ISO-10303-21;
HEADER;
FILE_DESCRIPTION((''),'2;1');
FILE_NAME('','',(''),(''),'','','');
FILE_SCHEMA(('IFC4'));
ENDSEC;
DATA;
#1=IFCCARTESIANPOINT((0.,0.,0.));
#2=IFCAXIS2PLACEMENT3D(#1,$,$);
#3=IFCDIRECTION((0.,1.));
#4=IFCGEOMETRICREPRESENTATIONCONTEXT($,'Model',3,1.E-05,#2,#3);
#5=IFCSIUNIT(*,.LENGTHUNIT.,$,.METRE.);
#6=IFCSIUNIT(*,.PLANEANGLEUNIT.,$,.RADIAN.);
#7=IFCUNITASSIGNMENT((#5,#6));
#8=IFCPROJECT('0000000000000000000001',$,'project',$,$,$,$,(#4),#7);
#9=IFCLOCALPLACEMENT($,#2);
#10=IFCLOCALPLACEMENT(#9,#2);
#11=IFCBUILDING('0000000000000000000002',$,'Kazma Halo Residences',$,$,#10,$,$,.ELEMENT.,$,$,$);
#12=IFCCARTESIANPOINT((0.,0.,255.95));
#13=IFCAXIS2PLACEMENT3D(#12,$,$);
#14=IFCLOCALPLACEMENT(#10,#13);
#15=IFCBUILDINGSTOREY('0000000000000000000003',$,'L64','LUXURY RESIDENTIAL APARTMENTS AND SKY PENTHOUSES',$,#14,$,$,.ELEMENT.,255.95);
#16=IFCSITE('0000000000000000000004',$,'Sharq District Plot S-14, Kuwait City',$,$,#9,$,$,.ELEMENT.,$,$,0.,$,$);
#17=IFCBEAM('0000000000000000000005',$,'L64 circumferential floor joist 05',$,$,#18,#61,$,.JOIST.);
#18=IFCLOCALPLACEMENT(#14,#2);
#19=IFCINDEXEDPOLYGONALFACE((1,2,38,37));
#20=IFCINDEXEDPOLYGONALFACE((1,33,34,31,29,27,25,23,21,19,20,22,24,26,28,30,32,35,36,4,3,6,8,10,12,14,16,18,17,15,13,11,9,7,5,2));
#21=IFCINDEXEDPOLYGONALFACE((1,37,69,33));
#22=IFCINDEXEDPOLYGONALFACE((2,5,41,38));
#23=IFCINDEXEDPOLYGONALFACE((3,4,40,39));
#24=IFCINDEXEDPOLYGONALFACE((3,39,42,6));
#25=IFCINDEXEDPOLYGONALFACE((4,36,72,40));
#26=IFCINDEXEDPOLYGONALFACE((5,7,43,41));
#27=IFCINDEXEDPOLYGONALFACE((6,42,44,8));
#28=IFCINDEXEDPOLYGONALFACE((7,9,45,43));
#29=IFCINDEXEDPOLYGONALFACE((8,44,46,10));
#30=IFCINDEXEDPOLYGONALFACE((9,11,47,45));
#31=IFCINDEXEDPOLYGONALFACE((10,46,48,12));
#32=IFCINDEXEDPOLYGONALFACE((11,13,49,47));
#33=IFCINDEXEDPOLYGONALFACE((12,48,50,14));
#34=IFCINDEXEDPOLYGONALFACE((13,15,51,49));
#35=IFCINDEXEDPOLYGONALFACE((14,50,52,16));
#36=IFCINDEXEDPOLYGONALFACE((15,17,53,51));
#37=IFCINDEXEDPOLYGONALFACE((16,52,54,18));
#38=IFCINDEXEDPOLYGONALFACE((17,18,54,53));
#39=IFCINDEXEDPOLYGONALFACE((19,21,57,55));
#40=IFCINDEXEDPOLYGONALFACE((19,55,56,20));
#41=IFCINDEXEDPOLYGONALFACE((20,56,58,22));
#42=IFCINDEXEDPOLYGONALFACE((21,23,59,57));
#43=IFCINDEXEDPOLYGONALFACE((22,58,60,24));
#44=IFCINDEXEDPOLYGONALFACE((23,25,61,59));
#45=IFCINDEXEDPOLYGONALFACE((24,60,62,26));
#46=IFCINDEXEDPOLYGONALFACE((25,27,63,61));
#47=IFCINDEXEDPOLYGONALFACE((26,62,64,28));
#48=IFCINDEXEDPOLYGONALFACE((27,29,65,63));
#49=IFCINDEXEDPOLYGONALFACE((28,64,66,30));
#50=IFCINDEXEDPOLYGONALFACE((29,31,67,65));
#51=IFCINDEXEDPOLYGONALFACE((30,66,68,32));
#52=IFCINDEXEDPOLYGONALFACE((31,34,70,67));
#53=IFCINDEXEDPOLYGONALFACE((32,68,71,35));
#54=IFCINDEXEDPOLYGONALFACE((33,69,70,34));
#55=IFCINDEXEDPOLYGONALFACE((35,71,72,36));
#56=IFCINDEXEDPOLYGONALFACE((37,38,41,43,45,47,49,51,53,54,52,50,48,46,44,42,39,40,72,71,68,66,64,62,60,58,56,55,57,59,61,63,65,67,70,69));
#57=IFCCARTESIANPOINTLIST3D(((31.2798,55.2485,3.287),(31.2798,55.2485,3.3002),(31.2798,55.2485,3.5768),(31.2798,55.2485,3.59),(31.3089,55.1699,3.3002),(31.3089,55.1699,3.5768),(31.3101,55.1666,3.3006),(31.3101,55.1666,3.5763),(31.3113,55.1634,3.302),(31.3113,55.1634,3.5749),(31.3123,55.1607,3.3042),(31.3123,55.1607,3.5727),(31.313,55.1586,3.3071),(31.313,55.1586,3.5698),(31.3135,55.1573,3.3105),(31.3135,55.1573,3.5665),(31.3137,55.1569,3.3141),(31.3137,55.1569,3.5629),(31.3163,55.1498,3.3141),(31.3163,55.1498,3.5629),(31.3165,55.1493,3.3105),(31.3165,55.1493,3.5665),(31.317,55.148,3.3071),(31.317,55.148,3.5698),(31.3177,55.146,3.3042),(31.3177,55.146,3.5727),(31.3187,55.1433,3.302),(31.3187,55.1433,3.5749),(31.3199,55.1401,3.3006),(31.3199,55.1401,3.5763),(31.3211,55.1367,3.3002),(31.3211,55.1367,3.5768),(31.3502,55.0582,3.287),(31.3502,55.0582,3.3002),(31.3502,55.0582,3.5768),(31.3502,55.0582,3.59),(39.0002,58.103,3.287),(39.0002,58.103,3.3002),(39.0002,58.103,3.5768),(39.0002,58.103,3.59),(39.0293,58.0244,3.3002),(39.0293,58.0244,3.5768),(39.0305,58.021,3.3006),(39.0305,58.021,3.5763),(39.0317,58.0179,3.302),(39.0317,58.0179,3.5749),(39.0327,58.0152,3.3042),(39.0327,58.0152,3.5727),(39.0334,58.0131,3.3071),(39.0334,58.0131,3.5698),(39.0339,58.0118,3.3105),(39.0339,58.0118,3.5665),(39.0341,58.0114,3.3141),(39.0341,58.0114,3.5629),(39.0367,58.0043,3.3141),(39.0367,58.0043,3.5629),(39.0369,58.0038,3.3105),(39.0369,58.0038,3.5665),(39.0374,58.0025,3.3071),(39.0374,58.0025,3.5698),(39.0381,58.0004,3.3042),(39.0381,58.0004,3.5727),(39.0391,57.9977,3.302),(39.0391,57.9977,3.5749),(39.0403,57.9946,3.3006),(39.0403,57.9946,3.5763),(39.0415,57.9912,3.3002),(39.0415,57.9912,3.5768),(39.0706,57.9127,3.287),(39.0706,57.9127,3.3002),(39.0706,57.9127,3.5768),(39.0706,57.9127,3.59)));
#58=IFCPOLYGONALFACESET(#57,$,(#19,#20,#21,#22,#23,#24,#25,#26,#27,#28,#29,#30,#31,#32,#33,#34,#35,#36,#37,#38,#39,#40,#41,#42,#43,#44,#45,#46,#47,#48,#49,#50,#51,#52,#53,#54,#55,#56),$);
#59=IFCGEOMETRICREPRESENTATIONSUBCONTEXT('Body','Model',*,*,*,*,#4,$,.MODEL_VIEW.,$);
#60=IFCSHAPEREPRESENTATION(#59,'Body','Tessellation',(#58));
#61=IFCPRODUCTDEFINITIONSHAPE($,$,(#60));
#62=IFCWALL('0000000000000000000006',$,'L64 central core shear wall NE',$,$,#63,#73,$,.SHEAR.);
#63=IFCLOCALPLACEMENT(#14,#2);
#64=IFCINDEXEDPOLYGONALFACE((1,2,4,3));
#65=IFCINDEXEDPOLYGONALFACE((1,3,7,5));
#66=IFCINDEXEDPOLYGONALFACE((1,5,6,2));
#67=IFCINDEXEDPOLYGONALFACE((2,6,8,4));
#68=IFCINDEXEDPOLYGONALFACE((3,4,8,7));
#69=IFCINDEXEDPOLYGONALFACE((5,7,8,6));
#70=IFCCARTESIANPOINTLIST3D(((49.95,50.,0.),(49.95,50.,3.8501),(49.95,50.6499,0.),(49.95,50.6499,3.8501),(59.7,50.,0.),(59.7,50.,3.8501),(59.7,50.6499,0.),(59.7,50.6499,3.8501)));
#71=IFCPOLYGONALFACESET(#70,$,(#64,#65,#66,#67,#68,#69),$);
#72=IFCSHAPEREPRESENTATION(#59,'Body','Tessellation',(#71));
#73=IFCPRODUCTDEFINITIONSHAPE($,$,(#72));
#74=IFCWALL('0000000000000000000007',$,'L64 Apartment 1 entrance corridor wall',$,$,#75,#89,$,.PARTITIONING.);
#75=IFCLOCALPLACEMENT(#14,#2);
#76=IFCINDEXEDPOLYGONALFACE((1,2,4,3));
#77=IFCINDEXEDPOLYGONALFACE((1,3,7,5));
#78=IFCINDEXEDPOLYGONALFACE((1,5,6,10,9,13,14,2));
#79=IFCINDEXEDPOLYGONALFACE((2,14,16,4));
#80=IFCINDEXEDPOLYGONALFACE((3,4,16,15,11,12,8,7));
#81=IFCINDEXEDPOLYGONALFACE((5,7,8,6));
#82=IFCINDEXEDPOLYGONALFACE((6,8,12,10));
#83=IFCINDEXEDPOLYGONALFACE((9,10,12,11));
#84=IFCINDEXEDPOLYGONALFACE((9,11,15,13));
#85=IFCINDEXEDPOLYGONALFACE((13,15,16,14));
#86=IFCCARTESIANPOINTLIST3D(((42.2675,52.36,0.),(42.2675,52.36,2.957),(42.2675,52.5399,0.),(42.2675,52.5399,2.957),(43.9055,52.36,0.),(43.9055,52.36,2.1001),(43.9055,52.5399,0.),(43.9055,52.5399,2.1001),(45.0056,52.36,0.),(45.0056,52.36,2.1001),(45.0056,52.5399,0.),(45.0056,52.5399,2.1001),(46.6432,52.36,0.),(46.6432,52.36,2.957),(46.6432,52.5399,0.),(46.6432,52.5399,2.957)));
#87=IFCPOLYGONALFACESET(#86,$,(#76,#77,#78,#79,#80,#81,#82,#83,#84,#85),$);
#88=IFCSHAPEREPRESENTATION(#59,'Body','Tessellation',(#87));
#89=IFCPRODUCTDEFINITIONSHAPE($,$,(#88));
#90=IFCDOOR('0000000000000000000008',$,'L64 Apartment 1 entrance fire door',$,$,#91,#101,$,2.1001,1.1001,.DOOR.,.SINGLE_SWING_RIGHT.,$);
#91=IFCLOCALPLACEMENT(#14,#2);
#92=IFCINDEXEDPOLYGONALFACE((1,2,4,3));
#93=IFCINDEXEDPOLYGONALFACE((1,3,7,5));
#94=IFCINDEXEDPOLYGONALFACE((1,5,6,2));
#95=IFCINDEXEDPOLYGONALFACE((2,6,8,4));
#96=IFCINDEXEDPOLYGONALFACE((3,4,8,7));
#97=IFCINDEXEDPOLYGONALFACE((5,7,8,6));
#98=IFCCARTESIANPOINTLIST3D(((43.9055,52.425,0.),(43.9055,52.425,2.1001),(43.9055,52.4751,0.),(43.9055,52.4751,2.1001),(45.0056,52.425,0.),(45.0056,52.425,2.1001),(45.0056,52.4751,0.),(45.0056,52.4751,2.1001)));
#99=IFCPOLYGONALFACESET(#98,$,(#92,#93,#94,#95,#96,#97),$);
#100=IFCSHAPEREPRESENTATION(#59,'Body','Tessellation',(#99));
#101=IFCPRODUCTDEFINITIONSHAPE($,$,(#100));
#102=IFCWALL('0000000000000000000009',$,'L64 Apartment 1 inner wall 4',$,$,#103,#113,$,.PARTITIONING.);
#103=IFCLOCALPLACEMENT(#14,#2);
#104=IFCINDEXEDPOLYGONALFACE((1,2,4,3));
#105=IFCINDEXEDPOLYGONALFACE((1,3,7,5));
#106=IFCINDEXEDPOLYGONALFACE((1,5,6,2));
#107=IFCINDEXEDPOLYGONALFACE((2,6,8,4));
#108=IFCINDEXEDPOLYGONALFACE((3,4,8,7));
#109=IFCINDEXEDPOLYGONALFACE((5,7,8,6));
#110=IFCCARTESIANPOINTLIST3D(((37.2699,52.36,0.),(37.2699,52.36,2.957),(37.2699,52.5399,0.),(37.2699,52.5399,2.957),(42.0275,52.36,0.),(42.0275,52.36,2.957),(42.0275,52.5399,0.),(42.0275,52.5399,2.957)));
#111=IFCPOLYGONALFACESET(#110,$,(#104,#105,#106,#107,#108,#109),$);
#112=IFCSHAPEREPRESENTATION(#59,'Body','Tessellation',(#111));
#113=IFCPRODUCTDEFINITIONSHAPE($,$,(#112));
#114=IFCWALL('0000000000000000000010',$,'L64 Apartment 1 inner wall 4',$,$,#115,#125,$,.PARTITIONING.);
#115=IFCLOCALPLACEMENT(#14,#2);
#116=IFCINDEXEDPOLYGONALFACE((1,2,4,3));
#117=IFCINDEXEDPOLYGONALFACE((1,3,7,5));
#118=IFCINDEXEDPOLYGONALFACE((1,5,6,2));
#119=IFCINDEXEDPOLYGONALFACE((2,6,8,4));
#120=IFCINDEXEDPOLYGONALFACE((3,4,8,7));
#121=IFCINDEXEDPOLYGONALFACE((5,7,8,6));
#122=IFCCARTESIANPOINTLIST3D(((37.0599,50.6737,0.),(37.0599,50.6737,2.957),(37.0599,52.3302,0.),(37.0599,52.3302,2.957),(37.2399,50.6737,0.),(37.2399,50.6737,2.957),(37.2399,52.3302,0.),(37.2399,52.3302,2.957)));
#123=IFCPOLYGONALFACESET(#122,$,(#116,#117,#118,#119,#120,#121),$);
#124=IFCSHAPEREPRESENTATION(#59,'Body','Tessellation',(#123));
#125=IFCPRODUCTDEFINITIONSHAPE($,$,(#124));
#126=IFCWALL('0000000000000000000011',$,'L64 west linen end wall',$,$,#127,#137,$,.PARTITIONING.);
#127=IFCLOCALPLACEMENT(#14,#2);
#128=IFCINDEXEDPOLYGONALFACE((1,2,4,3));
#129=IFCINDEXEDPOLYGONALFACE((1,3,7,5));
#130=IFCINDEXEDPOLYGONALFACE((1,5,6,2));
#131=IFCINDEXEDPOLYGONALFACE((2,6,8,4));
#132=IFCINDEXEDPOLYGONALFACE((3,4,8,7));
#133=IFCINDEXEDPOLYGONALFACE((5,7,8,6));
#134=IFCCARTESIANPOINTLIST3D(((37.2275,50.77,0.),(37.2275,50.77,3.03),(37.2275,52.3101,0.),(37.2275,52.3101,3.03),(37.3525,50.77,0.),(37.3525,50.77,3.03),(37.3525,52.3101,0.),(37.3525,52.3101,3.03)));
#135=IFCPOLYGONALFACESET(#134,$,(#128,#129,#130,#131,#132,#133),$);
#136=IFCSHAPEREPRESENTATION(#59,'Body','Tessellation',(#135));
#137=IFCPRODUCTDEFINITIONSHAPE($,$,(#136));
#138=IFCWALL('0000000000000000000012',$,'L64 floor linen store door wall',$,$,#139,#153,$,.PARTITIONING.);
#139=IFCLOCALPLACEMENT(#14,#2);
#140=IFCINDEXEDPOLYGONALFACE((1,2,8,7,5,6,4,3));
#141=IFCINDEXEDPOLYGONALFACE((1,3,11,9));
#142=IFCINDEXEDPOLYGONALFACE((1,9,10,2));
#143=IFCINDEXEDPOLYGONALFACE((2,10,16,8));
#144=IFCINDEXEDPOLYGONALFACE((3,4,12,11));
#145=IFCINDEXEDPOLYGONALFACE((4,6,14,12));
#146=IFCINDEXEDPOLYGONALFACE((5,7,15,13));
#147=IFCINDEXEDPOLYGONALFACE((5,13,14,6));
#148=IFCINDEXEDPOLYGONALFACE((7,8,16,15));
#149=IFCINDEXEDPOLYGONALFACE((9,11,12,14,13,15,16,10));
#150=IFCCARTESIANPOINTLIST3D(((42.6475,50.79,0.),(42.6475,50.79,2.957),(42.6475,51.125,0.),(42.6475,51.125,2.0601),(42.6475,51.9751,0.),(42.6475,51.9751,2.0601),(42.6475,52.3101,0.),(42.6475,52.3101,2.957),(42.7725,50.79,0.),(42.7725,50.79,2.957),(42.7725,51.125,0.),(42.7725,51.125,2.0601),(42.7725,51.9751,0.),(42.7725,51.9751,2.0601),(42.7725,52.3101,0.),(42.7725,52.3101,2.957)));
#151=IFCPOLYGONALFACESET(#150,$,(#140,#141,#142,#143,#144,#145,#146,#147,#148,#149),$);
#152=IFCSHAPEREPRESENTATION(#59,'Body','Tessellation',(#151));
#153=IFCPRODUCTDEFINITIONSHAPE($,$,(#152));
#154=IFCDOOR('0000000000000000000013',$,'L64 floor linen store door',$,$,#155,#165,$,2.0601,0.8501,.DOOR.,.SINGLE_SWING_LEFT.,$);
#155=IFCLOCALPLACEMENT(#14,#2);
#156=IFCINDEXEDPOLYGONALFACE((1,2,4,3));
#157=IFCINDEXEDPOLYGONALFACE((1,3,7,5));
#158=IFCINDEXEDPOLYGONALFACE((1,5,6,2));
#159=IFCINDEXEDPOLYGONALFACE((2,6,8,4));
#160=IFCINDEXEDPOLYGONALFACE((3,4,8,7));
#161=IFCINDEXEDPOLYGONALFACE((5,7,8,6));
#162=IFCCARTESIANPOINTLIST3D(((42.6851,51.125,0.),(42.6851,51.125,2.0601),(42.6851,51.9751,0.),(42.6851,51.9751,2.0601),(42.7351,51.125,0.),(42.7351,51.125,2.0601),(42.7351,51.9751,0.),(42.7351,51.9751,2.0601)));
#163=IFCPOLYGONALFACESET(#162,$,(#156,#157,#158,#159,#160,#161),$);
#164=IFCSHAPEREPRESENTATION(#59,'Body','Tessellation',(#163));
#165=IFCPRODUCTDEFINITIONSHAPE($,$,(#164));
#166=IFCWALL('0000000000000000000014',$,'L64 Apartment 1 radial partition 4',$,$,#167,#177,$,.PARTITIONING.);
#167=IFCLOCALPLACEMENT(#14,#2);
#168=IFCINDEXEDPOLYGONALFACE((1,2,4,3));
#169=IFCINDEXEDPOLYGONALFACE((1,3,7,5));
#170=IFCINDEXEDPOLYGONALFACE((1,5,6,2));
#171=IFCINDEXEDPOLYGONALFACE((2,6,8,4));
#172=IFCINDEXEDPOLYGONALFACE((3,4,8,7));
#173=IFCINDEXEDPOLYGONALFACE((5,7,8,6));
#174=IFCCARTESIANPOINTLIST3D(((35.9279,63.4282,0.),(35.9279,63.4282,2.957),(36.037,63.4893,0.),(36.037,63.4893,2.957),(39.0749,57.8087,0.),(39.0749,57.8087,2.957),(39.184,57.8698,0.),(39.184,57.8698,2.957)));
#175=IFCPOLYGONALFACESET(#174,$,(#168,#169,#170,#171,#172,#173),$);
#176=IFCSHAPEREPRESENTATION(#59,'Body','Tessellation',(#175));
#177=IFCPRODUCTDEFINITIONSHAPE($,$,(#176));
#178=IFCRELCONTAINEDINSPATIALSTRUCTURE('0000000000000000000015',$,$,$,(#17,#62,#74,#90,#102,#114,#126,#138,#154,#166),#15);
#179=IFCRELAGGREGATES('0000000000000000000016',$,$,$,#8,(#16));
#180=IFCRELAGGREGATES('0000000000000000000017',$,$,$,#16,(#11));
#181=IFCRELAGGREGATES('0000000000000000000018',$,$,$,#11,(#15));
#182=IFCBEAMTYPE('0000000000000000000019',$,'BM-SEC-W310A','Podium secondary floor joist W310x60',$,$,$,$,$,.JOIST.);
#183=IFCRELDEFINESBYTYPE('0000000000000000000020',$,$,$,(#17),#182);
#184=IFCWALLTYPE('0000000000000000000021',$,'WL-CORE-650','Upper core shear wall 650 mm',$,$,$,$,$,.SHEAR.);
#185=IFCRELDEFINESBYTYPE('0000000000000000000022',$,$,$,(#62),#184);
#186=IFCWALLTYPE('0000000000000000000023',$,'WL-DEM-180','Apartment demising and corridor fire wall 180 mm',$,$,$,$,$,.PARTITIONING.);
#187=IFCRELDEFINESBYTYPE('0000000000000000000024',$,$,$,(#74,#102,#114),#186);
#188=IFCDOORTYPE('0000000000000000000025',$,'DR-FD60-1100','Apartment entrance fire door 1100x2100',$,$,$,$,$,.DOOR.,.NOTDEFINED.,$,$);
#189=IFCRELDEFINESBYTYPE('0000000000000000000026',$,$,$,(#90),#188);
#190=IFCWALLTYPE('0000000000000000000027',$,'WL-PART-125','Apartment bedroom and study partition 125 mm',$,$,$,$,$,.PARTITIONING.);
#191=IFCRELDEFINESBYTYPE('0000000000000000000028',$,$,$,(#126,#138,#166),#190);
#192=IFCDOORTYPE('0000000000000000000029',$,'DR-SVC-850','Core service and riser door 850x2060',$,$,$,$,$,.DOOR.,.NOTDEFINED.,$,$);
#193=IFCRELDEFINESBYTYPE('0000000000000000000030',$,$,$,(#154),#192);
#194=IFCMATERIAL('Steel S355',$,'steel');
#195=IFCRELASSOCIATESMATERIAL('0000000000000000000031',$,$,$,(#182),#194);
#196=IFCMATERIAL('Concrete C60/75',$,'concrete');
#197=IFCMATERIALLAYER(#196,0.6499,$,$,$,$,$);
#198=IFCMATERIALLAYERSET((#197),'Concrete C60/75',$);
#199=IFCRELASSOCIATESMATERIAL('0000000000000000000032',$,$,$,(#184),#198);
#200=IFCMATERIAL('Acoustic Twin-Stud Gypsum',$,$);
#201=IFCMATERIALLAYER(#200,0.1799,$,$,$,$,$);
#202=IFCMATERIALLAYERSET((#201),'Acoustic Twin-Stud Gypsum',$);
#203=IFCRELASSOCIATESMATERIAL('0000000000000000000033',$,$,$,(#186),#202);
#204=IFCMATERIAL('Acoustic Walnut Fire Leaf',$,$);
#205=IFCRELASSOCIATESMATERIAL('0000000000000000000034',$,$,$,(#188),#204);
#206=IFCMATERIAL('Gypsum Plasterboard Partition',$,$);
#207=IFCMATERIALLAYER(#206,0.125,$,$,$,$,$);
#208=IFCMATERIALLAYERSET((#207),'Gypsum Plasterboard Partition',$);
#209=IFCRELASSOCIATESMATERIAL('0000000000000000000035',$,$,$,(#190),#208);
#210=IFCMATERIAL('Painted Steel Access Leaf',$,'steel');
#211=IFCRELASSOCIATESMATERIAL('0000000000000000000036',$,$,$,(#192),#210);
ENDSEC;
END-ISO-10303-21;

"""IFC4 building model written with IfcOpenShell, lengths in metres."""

from ifc_helpers import new_model, si_unit, direction, frame, frame_2d, origin, origin_2d, place, context, subcontext, project, spatial, rectangle, i_section, extrude, material, layer, layer_set, material_profile, profile_set, type_object, element, fill, save


model = new_model("IFC4")

# Units and contexts
model_context = context("Model", 3, precision=1e-05, world=origin(), true_north=direction((0.0, 1.0)))
body_context = subcontext(model_context, "Body", "Model", "MODEL_VIEW")
ifc_project = project(units=[si_unit("LENGTHUNIT", "METRE"), si_unit("PLANEANGLEUNIT", "RADIAN")], contexts=[model_context])

# Site, building, storey
site_placement = place(None, origin())
site = spatial("IfcSite", under=ifc_project, at=site_placement, Name="Sharq District Plot S-14, Kuwait City", CompositionType="ELEMENT", RefElevation=0.0)
building_placement = place(site_placement, origin())
building = spatial("IfcBuilding", under=site, at=building_placement, Name="Kazma Halo Residences", CompositionType="ELEMENT")
storey_placement = place(building_placement, frame((0.0, 0.0, 255.95)))
storey = spatial("IfcBuildingStorey", under=building, at=storey_placement, Name="L64", Description="LUXURY RESIDENTIAL APARTMENTS AND SKY PENTHOUSES", CompositionType="ELEMENT", Elevation=255.95)

# Beam
ifc_material_1 = material(Name="Steel S355", Category="steel")
ifc_material_profile_1 = material_profile(ifc_material_1, i_section(OverallWidth=0.2029, OverallDepth=0.303, WebThickness=0.0076, FlangeThickness=0.0132, FilletRadius=0.0139, at=origin_2d()), Name="W310x60")
ifc_profile_set_1 = profile_set([ifc_material_profile_1], Name="Steel S355")
beam_type_1 = type_object("IfcBeamType", Name="BM-SEC-W310A", Description="Podium secondary floor joist W310x60", PredefinedType="JOIST", material=ifc_profile_set_1)
beam_1_placement = place(storey_placement, frame((39.0354, 58.0078, 3.4385), z_axis=(-0.937944, -0.346787, 0.0), x_axis=(0.346787, -0.937944, 0.0)))
element("IfcBeam", 1, at=beam_1_placement, inside=storey, type_object=beam_type_1, Name="L64 circumferential floor joist 05", PredefinedType="JOIST", context=body_context, shape_type="SweptSolid", body=[
    extrude(i_section(OverallWidth=0.2029, OverallDepth=0.303, WebThickness=0.0076, FlangeThickness=0.0132, FilletRadius=0.0139, at=origin_2d()), origin(), (0.0, 0.0, 1.0), 8.2312),
])

# Wall
ifc_material_2 = material(Name="Concrete C60/75", Category="concrete")
ifc_layer_1 = layer(ifc_material_2, 0.6499)
ifc_layer_set_1 = layer_set([ifc_layer_1], Name="Concrete C60/75")
wall_type_1 = type_object("IfcWallType", Name="WL-CORE-650", Description="Upper core shear wall 650 mm", PredefinedType="SHEAR", material=ifc_layer_set_1)
wall_1_placement = place(storey_placement, frame((49.95, 50.325, 0.0), z_axis=(0.0, 0.0, 1.0), x_axis=(1.0, 0.0, 0.0)))
element("IfcWall", 2, at=wall_1_placement, inside=storey, type_object=wall_type_1, Name="L64 central core shear wall NE", PredefinedType="SHEAR", context=body_context, shape_type="SweptSolid", body=[
    extrude(rectangle(XDim=9.75, YDim=0.6499, at=frame_2d((4.875, 0.0))), origin(), (0.0, 0.0, 1.0), 3.8501),
])

# Wall, opening, door
ifc_material_3 = material(Name="Acoustic Twin-Stud Gypsum")
ifc_layer_2 = layer(ifc_material_3, 0.1799)
ifc_layer_set_2 = layer_set([ifc_layer_2], Name="Acoustic Twin-Stud Gypsum")
wall_type_2 = type_object("IfcWallType", Name="WL-DEM-180", Description="Apartment demising and corridor fire wall 180 mm", PredefinedType="PARTITIONING", material=ifc_layer_set_2)
wall_2_placement = place(storey_placement, frame((46.6433, 52.45, 0.0), z_axis=(0.0, 0.0, 1.0), x_axis=(-1.0, 0.0, 0.0)))
wall_2 = element("IfcWall", 3, at=wall_2_placement, inside=storey, type_object=wall_type_2, Name="L64 Apartment 1 entrance corridor wall", PredefinedType="PARTITIONING", context=body_context, shape_type="SweptSolid", body=[
    extrude(rectangle(XDim=4.3757, YDim=0.1799, at=frame_2d((2.188, 0.0))), origin(), (0.0, 0.0, 1.0), 2.957),
])
opening_1_placement = place(wall_2_placement, frame((1.6377, 0.0, 0.0)))
opening_1 = element("IfcOpeningElement", 4, at=opening_1_placement, cuts=wall_2, PredefinedType="OPENING", context=body_context, shape_type="SweptSolid", body=[
    extrude(rectangle(XDim=1.1001, YDim=2.1001, at=frame_2d((0.55, 1.05))), frame((0.0, 0.0999, 0.0), z_axis=(0.0, -1.0, 0.0), x_axis=(1.0, 0.0, 0.0)), (0.0, 0.0, 1.0), 0.2),
])
ifc_material_4 = material(Name="Acoustic Walnut Fire Leaf")
door_type_1 = type_object("IfcDoorType", Name="DR-FD60-1100", Description="Apartment entrance fire door 1100x2100", OperationType="NOTDEFINED", PredefinedType="DOOR", material=ifc_material_4)
door_1_placement = place(opening_1_placement, origin())
door_1 = element("IfcDoor", 5, at=door_1_placement, inside=storey, type_object=door_type_1, Name="L64 Apartment 1 entrance fire door", OperationType="SINGLE_SWING_RIGHT", OverallHeight=2.1001, OverallWidth=1.1001, PredefinedType="DOOR", context=body_context, shape_type="SweptSolid", body=[
    extrude(rectangle(XDim=1.1001, YDim=2.1001, at=frame_2d((0.55, 1.05))), frame((0.0, 0.0249, 0.0), z_axis=(0.0, -1.0, 0.0), x_axis=(1.0, 0.0, 0.0)), (0.0, 0.0, 1.0), 0.05),
])
fill(opening_1, door_1)

# Walls
wall_3_placement = place(storey_placement, frame((42.0276, 52.45, 0.0), z_axis=(0.0, 0.0, 1.0), x_axis=(-1.0, 0.0, 0.0)))
element("IfcWall", 6, at=wall_3_placement, inside=storey, type_object=wall_type_2, Name="L64 Apartment 1 inner wall 4", PredefinedType="PARTITIONING", context=body_context, shape_type="SweptSolid", body=[
    extrude(rectangle(XDim=4.7576, YDim=0.1799, at=frame_2d((2.3789, 0.0))), origin(), (0.0, 0.0, 1.0), 2.957),
])
wall_4_placement = place(storey_placement, frame((37.1499, 52.3301, 0.0), z_axis=(0.0, 0.0, 1.0), x_axis=(0.0, -1.0, 0.0)))
element("IfcWall", 7, at=wall_4_placement, inside=storey, type_object=wall_type_2, Name="L64 Apartment 1 inner wall 4", PredefinedType="PARTITIONING", context=body_context, shape_type="SweptSolid", body=[
    extrude(rectangle(XDim=1.6565, YDim=0.1799, at=frame_2d((0.8281, 0.0))), origin(), (0.0, 0.0, 1.0), 2.957),
])
ifc_material_5 = material(Name="Gypsum Plasterboard Partition")
ifc_layer_3 = layer(ifc_material_5, 0.125)
ifc_layer_set_3 = layer_set([ifc_layer_3], Name="Gypsum Plasterboard Partition")
wall_type_3 = type_object("IfcWallType", Name="WL-PART-125", Description="Apartment bedroom and study partition 125 mm", PredefinedType="PARTITIONING", material=ifc_layer_set_3)
wall_5_placement = place(storey_placement, frame((37.29, 50.77, 0.0), z_axis=(0.0, 0.0, 1.0), x_axis=(0.0, 1.0, 0.0)))
element("IfcWall", 8, at=wall_5_placement, inside=storey, type_object=wall_type_3, Name="L64 west linen end wall", PredefinedType="PARTITIONING", context=body_context, shape_type="SweptSolid", body=[
    extrude(rectangle(XDim=1.54, YDim=0.125, at=frame_2d((0.77, 0.0))), origin(), (0.0, 0.0, 1.0), 3.03),
])

# Wall, opening, door
wall_6_placement = place(storey_placement, frame((42.71, 50.79, 0.0), z_axis=(0.0, 0.0, 1.0), x_axis=(0.0, 1.0, 0.0)))
wall_6 = element("IfcWall", 9, at=wall_6_placement, inside=storey, type_object=wall_type_3, Name="L64 floor linen store door wall", PredefinedType="PARTITIONING", context=body_context, shape_type="SweptSolid", body=[
    extrude(rectangle(XDim=1.52, YDim=0.125, at=frame_2d((0.76, 0.0))), origin(), (0.0, 0.0, 1.0), 2.957),
])
opening_2_placement = place(wall_6_placement, frame((0.335, 0.0, 0.0)))
opening_2 = element("IfcOpeningElement", 10, at=opening_2_placement, cuts=wall_6, PredefinedType="OPENING", context=body_context, shape_type="SweptSolid", body=[
    extrude(rectangle(XDim=0.8501, YDim=2.0601, at=frame_2d((0.425, 1.03))), frame((0.0, 0.0725, 0.0), z_axis=(0.0, -1.0, 0.0), x_axis=(1.0, 0.0, 0.0)), (0.0, 0.0, 1.0), 0.145),
])
ifc_material_6 = material(Name="Painted Steel Access Leaf", Category="steel")
door_type_2 = type_object("IfcDoorType", Name="DR-SVC-850", Description="Core service and riser door 850x2060", OperationType="NOTDEFINED", PredefinedType="DOOR", material=ifc_material_6)
door_2_placement = place(opening_2_placement, origin())
door_2 = element("IfcDoor", 11, at=door_2_placement, inside=storey, type_object=door_type_2, Name="L64 floor linen store door", OperationType="SINGLE_SWING_LEFT", OverallHeight=2.0601, OverallWidth=0.8501, PredefinedType="DOOR", context=body_context, shape_type="SweptSolid", body=[
    extrude(rectangle(XDim=0.8501, YDim=2.0601, at=frame_2d((0.425, 1.03))), frame((0.0, 0.0249, 0.0), z_axis=(0.0, -1.0, 0.0), x_axis=(1.0, 0.0, 0.0)), (0.0, 0.0, 1.0), 0.05),
])
fill(opening_2, door_2)

# Wall
wall_7_placement = place(storey_placement, frame((39.1294, 57.8394, 0.0), z_axis=(0.0, 0.0, 1.0), x_axis=(-0.488617, 0.872498, 0.0)))
element("IfcWall", 12, at=wall_7_placement, inside=storey, type_object=wall_type_3, Name="L64 Apartment 1 radial partition 4", PredefinedType="PARTITIONING", context=body_context, shape_type="SweptSolid", body=[
    extrude(rectangle(XDim=6.4407, YDim=0.125, at=frame_2d((3.2202, 0.0))), origin(), (0.0, 0.0, 1.0), 2.957),
])

save(model, "model.ifc")
